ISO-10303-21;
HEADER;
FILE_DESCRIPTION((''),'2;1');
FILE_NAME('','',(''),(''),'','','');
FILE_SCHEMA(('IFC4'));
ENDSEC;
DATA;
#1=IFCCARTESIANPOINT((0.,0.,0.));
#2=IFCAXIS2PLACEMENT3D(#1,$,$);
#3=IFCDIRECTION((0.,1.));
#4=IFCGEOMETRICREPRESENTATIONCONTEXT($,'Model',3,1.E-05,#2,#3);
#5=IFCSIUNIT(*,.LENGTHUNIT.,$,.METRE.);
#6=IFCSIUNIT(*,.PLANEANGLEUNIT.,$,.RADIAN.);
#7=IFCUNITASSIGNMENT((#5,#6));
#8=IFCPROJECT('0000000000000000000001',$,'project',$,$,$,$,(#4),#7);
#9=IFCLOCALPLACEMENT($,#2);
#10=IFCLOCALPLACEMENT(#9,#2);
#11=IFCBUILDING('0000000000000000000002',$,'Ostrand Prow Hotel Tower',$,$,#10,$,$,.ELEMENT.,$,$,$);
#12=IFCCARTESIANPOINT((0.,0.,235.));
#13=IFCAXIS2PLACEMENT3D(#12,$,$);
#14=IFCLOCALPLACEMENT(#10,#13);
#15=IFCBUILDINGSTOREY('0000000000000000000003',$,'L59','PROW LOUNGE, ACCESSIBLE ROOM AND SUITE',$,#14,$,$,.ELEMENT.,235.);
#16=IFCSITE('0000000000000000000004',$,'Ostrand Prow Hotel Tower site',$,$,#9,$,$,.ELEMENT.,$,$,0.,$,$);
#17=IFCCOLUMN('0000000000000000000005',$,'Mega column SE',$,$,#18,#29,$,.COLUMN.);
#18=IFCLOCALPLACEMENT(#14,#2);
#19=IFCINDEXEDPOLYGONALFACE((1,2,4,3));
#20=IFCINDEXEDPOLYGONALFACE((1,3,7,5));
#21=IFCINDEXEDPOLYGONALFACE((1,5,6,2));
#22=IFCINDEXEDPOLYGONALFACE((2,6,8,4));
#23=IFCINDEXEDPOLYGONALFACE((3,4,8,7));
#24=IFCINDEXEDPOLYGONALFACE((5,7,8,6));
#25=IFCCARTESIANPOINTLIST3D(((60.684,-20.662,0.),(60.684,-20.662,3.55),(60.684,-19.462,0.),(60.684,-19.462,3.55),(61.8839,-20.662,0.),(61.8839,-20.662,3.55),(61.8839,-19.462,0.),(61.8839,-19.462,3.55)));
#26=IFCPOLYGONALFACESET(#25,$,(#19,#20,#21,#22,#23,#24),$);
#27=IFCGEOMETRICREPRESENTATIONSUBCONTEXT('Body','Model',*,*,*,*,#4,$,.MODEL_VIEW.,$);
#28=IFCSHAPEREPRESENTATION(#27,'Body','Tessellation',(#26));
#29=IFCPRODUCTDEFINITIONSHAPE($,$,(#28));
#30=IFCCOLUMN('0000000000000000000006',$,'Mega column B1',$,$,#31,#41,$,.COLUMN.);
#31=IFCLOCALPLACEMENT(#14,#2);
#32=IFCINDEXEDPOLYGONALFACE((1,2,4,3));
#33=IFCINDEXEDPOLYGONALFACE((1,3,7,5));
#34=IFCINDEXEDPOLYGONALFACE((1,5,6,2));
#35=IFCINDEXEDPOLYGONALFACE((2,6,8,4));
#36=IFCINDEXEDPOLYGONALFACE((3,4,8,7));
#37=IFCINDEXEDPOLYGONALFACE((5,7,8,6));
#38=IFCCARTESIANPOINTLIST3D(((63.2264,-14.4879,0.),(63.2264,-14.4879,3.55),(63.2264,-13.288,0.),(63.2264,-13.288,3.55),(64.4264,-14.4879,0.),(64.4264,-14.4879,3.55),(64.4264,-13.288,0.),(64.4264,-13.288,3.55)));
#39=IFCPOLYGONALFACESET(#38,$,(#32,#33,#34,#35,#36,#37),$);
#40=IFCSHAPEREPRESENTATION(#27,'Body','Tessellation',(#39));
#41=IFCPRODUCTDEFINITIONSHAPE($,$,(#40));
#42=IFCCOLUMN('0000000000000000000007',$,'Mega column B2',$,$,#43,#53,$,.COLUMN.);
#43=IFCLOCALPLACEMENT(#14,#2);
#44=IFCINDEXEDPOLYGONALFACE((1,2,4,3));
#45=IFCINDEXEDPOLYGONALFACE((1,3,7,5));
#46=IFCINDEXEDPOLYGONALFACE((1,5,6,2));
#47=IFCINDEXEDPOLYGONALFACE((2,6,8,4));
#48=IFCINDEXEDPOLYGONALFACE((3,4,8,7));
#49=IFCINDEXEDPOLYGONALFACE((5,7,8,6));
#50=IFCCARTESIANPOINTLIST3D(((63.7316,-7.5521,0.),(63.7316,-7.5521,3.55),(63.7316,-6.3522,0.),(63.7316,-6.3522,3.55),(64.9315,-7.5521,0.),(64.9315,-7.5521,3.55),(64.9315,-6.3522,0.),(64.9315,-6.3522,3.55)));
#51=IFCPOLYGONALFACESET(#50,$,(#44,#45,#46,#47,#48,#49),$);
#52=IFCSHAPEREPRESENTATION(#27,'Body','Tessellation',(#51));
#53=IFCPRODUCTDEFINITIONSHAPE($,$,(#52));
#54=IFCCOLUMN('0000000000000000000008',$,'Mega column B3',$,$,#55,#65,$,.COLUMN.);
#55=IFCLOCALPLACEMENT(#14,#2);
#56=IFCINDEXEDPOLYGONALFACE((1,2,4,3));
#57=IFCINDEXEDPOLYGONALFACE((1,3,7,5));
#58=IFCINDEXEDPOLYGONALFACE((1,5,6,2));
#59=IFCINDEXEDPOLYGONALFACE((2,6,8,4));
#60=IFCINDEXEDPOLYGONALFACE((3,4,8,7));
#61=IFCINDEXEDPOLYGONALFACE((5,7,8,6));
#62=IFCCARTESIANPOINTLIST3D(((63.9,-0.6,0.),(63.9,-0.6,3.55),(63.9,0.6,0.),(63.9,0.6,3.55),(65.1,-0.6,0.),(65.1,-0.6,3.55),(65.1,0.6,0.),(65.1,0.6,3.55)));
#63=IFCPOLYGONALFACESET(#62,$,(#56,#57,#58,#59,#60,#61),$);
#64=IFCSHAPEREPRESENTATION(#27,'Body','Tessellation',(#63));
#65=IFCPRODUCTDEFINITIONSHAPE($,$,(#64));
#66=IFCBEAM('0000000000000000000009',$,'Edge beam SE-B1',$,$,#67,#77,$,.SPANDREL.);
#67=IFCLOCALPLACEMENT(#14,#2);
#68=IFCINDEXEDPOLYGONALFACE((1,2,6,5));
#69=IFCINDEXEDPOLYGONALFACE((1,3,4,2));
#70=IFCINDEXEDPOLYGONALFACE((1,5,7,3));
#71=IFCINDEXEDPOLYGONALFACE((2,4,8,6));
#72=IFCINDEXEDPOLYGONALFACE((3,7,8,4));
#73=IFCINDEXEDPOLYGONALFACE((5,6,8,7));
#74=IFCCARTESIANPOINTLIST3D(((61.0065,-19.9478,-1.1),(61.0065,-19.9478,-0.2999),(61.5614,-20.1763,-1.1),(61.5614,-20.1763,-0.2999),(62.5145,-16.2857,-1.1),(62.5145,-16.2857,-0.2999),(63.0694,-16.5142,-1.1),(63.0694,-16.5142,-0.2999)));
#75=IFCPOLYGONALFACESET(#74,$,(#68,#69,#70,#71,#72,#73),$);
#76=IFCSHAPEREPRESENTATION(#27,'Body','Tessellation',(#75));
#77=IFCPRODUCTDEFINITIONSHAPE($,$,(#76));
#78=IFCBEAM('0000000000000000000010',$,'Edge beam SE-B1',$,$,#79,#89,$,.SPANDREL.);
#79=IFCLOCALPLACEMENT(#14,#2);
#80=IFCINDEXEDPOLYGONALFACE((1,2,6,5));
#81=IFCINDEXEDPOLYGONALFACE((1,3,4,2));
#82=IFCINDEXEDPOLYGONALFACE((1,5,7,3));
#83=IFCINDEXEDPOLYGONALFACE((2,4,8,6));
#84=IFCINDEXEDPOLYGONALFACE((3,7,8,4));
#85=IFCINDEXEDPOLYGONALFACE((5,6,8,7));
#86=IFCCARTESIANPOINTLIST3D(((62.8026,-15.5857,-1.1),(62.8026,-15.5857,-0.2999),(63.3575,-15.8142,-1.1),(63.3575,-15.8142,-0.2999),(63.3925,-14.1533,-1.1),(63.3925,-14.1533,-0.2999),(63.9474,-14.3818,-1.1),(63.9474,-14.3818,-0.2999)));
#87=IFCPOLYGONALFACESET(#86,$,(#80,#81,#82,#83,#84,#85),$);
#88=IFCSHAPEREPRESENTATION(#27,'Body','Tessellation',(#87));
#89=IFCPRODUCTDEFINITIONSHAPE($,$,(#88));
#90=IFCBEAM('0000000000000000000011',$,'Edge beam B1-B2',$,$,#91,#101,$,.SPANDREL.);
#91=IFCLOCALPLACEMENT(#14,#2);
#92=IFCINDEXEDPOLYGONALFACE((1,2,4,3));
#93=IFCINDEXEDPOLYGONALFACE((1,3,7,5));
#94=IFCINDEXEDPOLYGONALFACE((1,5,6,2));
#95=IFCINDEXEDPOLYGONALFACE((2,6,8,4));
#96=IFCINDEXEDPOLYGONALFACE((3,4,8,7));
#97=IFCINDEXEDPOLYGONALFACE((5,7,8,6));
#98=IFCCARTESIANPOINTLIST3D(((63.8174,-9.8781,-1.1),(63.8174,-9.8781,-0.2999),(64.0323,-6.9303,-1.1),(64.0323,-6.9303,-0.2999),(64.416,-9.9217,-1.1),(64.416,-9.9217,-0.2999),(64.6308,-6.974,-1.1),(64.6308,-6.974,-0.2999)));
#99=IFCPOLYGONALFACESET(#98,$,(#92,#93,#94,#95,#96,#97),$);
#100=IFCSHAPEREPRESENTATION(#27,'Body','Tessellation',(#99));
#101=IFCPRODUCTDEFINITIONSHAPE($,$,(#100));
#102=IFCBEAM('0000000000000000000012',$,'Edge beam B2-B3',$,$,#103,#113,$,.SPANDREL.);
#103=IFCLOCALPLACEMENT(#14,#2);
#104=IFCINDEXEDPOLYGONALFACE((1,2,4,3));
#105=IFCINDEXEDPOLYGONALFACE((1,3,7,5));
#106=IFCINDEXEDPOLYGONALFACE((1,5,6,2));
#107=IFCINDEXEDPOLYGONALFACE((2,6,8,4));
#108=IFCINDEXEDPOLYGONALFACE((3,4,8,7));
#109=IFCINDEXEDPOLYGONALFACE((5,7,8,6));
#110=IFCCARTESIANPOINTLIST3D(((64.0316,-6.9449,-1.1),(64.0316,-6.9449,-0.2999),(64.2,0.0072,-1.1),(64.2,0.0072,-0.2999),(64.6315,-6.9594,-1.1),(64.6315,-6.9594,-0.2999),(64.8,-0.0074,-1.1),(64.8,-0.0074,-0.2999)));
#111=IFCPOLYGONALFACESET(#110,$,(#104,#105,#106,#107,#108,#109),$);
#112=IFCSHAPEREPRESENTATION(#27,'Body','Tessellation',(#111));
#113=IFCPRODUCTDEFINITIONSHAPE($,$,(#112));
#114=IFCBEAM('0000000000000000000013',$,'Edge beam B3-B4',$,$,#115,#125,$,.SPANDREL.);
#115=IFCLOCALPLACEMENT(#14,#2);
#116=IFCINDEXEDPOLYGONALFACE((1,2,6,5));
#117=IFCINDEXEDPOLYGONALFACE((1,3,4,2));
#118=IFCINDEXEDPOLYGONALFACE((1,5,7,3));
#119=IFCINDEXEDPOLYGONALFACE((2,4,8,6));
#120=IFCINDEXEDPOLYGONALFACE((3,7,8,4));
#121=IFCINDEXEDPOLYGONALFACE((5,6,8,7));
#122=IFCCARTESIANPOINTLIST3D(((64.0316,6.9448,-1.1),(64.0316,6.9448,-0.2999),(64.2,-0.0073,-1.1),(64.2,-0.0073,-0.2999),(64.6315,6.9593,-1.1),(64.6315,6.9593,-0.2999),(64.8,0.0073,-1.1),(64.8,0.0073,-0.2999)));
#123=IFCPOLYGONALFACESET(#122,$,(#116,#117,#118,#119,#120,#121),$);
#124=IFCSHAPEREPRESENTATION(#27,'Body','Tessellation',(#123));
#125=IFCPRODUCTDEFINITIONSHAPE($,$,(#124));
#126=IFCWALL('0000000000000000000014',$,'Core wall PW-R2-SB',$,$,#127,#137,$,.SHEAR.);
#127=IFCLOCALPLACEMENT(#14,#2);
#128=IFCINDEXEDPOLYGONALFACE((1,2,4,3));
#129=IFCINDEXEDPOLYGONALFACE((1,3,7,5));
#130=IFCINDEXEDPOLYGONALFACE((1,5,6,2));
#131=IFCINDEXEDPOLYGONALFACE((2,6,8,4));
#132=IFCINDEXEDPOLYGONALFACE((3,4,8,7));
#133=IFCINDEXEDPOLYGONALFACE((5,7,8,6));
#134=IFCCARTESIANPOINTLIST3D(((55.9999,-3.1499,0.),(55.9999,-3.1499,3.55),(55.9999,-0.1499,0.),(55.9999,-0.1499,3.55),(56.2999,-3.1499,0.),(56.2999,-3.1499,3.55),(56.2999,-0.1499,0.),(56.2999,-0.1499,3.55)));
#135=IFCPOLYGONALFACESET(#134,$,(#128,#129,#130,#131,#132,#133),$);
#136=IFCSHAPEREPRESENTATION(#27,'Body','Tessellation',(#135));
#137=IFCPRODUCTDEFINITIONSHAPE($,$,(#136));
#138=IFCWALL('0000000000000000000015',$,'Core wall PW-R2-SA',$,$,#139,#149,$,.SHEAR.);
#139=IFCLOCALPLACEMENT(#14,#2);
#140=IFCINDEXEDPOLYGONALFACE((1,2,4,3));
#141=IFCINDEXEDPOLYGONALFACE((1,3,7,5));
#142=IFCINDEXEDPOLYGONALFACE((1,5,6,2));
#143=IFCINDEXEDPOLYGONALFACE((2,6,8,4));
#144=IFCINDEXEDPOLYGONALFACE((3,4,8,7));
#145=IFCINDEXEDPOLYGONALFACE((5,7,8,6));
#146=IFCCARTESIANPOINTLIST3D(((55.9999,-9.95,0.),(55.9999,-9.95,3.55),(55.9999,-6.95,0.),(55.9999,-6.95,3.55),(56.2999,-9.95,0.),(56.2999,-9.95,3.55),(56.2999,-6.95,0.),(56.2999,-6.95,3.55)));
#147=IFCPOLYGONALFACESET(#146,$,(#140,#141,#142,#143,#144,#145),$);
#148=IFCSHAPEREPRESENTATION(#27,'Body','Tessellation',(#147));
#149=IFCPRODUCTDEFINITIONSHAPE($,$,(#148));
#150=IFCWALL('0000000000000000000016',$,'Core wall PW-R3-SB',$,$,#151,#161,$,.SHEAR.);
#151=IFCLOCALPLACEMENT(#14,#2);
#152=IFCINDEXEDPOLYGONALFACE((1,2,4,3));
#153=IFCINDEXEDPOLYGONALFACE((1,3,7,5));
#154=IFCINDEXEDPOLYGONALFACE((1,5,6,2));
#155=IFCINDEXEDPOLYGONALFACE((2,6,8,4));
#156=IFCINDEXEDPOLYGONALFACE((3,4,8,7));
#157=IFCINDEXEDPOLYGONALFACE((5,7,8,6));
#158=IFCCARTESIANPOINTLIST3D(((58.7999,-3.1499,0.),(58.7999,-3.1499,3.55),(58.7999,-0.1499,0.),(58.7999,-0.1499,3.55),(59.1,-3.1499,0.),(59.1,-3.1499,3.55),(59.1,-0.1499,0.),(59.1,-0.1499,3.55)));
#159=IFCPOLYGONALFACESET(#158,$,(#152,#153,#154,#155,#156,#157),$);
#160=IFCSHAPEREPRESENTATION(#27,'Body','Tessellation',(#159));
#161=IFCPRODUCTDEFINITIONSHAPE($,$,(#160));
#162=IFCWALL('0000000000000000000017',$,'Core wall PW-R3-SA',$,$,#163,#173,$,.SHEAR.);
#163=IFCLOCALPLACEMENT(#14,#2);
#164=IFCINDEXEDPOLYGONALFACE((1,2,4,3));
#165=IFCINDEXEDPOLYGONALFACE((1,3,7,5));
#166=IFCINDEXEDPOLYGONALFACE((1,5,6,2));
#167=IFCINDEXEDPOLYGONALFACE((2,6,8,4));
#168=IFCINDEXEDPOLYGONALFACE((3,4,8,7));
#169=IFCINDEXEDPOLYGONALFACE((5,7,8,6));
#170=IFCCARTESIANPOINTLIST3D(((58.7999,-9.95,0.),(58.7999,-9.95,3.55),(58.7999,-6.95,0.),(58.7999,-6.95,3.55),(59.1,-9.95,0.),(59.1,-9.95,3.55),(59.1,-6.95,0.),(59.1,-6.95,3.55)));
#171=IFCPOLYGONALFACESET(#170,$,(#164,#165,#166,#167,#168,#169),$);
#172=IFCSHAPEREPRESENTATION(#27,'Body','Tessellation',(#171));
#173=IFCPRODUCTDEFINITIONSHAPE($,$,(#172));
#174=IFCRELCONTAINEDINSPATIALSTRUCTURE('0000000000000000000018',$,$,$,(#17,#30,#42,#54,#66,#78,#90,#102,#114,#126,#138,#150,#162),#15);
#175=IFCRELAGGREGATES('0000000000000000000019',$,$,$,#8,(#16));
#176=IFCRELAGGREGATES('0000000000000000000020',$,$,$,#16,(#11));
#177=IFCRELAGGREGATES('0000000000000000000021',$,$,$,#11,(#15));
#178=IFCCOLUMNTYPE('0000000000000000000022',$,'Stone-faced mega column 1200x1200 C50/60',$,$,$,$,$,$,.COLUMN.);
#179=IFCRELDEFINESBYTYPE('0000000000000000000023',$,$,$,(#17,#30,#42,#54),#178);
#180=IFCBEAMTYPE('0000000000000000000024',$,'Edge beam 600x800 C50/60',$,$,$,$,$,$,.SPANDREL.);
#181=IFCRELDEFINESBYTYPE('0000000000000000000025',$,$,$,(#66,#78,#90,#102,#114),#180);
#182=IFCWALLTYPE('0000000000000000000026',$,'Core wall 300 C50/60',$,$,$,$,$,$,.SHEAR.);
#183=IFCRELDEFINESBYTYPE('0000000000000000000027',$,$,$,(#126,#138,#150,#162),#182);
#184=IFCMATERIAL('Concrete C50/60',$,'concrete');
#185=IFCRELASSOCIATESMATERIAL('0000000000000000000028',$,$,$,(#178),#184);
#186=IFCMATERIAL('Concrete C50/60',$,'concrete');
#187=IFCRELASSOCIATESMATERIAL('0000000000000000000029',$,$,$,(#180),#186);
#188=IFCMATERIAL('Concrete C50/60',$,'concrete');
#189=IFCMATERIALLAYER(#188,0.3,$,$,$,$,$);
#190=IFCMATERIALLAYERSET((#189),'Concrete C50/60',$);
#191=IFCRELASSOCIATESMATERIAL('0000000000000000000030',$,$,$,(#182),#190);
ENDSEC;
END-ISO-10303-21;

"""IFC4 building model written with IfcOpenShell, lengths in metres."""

from ifc_helpers import new_model, si_unit, direction, frame, frame_2d, origin, origin_2d, place, context, subcontext, project, spatial, rectangle, extrude, material, layer, layer_set, material_profile, profile_set, type_object, element, save


model = new_model("IFC4")

# Units and contexts
model_context = context("Model", 3, precision=1e-05, world=origin(), true_north=direction((0.0, 1.0)))
body_context = subcontext(model_context, "Body", "Model", "MODEL_VIEW")
ifc_project = project(units=[si_unit("LENGTHUNIT", "METRE"), si_unit("PLANEANGLEUNIT", "RADIAN")], contexts=[model_context])

# Site, building, storey
site_placement = place(None, origin())
site = spatial("IfcSite", under=ifc_project, at=site_placement, Name="Ostrand Prow Hotel Tower site", CompositionType="ELEMENT", RefElevation=0.0)
building_placement = place(site_placement, origin())
building = spatial("IfcBuilding", under=site, at=building_placement, Name="Ostrand Prow Hotel Tower", CompositionType="ELEMENT")
storey_placement = place(building_placement, frame((0.0, 0.0, 235.0)))
storey = spatial("IfcBuildingStorey", under=building, at=storey_placement, Name="L59", Description="PROW LOUNGE, ACCESSIBLE ROOM AND SUITE", CompositionType="ELEMENT", Elevation=235.0)

# Columns
ifc_material_1 = material(Name="Concrete C50/60", Category="concrete")
ifc_material_profile_1 = material_profile(ifc_material_1, rectangle(XDim=1.2, YDim=1.2, at=origin_2d()), Name="RC 1200x1200")
ifc_profile_set_1 = profile_set([ifc_material_profile_1], Name="Concrete C50/60")
column_type = type_object("IfcColumnType", Name="Stone-faced mega column 1200x1200 C50/60", PredefinedType="COLUMN", material=ifc_profile_set_1)
for number, where, z_axis, x_axis, name in (
    (1, (61.2839, -20.062, 0.0), (0.0, 0.0, 1.0), (1.0, 0.0, 0.0), "Mega column SE"),
    (2, (63.8264, -13.8879, 0.0), (0.0, 0.0, 1.0), (1.0, 0.0, 0.0), "Mega column B1"),
    (3, (64.3315, -6.9521, 0.0), (0.0, 0.0, 1.0), (1.0, 0.0, 0.0), "Mega column B2"),
    (4, (64.5, 0.0, 0.0), (0.0, 0.0, 1.0), (1.0, 0.0, 0.0), "Mega column B3"),
):
    element("IfcColumn", number, at=place(storey_placement, frame(where, z_axis=z_axis, x_axis=x_axis)), inside=storey, type_object=column_type, Name=name, PredefinedType="COLUMN", context=body_context, shape_type="SweptSolid", body=[
        extrude(rectangle(XDim=1.2, YDim=1.2, at=origin_2d()), origin(), (0.0, 0.0, 1.0), 3.55),
    ])

# Beams
ifc_material_2 = material(Name="Concrete C50/60", Category="concrete")
ifc_material_profile_2 = material_profile(ifc_material_2, rectangle(XDim=0.6001, YDim=0.8, at=origin_2d()), Name="RC 600x800")
ifc_profile_set_2 = profile_set([ifc_material_profile_2], Name="Concrete C50/60")
beam_type = type_object("IfcBeamType", Name="Edge beam 600x800 C50/60", PredefinedType="SPANDREL", material=ifc_profile_set_2)
beam_1_placement = place(storey_placement, frame((61.2839, -20.062, -0.7), z_axis=(0.380778, 0.924667, 0.0), x_axis=(-0.924667, 0.380778, 0.0)))
element("IfcBeam", 5, at=beam_1_placement, inside=storey, type_object=beam_type, Name="Edge beam SE-B1", PredefinedType="SPANDREL", context=body_context, shape_type="SweptSolid", body=[
    extrude(rectangle(XDim=0.6001, YDim=0.8, at=origin_2d()), origin(), (0.0, 0.0, 1.0), 3.9604),
])
beam_2_placement = place(storey_placement, frame((63.0801, -15.7, -0.7), z_axis=(0.380774, 0.924668, 0.0), x_axis=(-0.924668, 0.380774, 0.0)))
element("IfcBeam", 6, at=beam_2_placement, inside=storey, type_object=beam_type, Name="Edge beam SE-B1", PredefinedType="SPANDREL", context=body_context, shape_type="SweptSolid", body=[
    extrude(rectangle(XDim=0.6001, YDim=0.8, at=origin_2d()), origin(), (0.0, 0.0, 1.0), 1.5491),
])
beam_3_placement = place(storey_placement, frame((64.1167, -9.8999, -0.7), z_axis=(0.072691, 0.997355, 0.0), x_axis=(-0.997355, 0.072691, 0.0)))
element("IfcBeam", 7, at=beam_3_placement, inside=storey, type_object=beam_type, Name="Edge beam B1-B2", PredefinedType="SPANDREL", context=body_context, shape_type="SweptSolid", body=[
    extrude(rectangle(XDim=0.6001, YDim=0.8, at=origin_2d()), origin(), (0.0, 0.0, 1.0), 2.9556),
])
for number, where, z_axis, x_axis, name in (
    (8, (64.3315, -6.9521, -0.7), (0.024224, 0.999707, 0.0), (-0.999707, 0.024224, 0.0), "Edge beam B2-B3"),
    (9, (64.5, 0.0, -0.7), (-0.024224, 0.999707, 0.0), (-0.999707, -0.024224, 0.0), "Edge beam B3-B4"),
):
    element("IfcBeam", number, at=place(storey_placement, frame(where, z_axis=z_axis, x_axis=x_axis)), inside=storey, type_object=beam_type, Name=name, PredefinedType="SPANDREL", context=body_context, shape_type="SweptSolid", body=[
        extrude(rectangle(XDim=0.6001, YDim=0.8, at=origin_2d()), origin(), (0.0, 0.0, 1.0), 6.9541),
    ])

# Walls
ifc_material_3 = material(Name="Concrete C50/60", Category="concrete")
ifc_layer_1 = layer(ifc_material_3, 0.3)
ifc_layer_set_1 = layer_set([ifc_layer_1], Name="Concrete C50/60")
wall_type_1 = type_object("IfcWallType", Name="Core wall 300 C50/60", PredefinedType="SHEAR", material=ifc_layer_set_1)
for number, where, z_axis, x_axis, name in (
    (10, (56.1499, -3.1499, 0.0), (0.0, 0.0, 1.0), (0.0, 1.0, 0.0), "Core wall PW-R2-SB"),
    (11, (56.1499, -9.95, 0.0), (0.0, 0.0, 1.0), (0.0, 1.0, 0.0), "Core wall PW-R2-SA"),
    (12, (58.95, -3.1499, 0.0), (0.0, 0.0, 1.0), (0.0, 1.0, 0.0), "Core wall PW-R3-SB"),
    (13, (58.95, -9.95, 0.0), (0.0, 0.0, 1.0), (0.0, 1.0, 0.0), "Core wall PW-R3-SA"),
):
    element("IfcWall", number, at=place(storey_placement, frame(where, z_axis=z_axis, x_axis=x_axis)), inside=storey, type_object=wall_type_1, Name=name, PredefinedType="SHEAR", context=body_context, shape_type="SweptSolid", body=[
        extrude(rectangle(XDim=3.0, YDim=0.3, at=frame_2d((1.5, 0.0))), origin(), (0.0, 0.0, 1.0), 3.55),
    ])

save(model, "model.ifc")
